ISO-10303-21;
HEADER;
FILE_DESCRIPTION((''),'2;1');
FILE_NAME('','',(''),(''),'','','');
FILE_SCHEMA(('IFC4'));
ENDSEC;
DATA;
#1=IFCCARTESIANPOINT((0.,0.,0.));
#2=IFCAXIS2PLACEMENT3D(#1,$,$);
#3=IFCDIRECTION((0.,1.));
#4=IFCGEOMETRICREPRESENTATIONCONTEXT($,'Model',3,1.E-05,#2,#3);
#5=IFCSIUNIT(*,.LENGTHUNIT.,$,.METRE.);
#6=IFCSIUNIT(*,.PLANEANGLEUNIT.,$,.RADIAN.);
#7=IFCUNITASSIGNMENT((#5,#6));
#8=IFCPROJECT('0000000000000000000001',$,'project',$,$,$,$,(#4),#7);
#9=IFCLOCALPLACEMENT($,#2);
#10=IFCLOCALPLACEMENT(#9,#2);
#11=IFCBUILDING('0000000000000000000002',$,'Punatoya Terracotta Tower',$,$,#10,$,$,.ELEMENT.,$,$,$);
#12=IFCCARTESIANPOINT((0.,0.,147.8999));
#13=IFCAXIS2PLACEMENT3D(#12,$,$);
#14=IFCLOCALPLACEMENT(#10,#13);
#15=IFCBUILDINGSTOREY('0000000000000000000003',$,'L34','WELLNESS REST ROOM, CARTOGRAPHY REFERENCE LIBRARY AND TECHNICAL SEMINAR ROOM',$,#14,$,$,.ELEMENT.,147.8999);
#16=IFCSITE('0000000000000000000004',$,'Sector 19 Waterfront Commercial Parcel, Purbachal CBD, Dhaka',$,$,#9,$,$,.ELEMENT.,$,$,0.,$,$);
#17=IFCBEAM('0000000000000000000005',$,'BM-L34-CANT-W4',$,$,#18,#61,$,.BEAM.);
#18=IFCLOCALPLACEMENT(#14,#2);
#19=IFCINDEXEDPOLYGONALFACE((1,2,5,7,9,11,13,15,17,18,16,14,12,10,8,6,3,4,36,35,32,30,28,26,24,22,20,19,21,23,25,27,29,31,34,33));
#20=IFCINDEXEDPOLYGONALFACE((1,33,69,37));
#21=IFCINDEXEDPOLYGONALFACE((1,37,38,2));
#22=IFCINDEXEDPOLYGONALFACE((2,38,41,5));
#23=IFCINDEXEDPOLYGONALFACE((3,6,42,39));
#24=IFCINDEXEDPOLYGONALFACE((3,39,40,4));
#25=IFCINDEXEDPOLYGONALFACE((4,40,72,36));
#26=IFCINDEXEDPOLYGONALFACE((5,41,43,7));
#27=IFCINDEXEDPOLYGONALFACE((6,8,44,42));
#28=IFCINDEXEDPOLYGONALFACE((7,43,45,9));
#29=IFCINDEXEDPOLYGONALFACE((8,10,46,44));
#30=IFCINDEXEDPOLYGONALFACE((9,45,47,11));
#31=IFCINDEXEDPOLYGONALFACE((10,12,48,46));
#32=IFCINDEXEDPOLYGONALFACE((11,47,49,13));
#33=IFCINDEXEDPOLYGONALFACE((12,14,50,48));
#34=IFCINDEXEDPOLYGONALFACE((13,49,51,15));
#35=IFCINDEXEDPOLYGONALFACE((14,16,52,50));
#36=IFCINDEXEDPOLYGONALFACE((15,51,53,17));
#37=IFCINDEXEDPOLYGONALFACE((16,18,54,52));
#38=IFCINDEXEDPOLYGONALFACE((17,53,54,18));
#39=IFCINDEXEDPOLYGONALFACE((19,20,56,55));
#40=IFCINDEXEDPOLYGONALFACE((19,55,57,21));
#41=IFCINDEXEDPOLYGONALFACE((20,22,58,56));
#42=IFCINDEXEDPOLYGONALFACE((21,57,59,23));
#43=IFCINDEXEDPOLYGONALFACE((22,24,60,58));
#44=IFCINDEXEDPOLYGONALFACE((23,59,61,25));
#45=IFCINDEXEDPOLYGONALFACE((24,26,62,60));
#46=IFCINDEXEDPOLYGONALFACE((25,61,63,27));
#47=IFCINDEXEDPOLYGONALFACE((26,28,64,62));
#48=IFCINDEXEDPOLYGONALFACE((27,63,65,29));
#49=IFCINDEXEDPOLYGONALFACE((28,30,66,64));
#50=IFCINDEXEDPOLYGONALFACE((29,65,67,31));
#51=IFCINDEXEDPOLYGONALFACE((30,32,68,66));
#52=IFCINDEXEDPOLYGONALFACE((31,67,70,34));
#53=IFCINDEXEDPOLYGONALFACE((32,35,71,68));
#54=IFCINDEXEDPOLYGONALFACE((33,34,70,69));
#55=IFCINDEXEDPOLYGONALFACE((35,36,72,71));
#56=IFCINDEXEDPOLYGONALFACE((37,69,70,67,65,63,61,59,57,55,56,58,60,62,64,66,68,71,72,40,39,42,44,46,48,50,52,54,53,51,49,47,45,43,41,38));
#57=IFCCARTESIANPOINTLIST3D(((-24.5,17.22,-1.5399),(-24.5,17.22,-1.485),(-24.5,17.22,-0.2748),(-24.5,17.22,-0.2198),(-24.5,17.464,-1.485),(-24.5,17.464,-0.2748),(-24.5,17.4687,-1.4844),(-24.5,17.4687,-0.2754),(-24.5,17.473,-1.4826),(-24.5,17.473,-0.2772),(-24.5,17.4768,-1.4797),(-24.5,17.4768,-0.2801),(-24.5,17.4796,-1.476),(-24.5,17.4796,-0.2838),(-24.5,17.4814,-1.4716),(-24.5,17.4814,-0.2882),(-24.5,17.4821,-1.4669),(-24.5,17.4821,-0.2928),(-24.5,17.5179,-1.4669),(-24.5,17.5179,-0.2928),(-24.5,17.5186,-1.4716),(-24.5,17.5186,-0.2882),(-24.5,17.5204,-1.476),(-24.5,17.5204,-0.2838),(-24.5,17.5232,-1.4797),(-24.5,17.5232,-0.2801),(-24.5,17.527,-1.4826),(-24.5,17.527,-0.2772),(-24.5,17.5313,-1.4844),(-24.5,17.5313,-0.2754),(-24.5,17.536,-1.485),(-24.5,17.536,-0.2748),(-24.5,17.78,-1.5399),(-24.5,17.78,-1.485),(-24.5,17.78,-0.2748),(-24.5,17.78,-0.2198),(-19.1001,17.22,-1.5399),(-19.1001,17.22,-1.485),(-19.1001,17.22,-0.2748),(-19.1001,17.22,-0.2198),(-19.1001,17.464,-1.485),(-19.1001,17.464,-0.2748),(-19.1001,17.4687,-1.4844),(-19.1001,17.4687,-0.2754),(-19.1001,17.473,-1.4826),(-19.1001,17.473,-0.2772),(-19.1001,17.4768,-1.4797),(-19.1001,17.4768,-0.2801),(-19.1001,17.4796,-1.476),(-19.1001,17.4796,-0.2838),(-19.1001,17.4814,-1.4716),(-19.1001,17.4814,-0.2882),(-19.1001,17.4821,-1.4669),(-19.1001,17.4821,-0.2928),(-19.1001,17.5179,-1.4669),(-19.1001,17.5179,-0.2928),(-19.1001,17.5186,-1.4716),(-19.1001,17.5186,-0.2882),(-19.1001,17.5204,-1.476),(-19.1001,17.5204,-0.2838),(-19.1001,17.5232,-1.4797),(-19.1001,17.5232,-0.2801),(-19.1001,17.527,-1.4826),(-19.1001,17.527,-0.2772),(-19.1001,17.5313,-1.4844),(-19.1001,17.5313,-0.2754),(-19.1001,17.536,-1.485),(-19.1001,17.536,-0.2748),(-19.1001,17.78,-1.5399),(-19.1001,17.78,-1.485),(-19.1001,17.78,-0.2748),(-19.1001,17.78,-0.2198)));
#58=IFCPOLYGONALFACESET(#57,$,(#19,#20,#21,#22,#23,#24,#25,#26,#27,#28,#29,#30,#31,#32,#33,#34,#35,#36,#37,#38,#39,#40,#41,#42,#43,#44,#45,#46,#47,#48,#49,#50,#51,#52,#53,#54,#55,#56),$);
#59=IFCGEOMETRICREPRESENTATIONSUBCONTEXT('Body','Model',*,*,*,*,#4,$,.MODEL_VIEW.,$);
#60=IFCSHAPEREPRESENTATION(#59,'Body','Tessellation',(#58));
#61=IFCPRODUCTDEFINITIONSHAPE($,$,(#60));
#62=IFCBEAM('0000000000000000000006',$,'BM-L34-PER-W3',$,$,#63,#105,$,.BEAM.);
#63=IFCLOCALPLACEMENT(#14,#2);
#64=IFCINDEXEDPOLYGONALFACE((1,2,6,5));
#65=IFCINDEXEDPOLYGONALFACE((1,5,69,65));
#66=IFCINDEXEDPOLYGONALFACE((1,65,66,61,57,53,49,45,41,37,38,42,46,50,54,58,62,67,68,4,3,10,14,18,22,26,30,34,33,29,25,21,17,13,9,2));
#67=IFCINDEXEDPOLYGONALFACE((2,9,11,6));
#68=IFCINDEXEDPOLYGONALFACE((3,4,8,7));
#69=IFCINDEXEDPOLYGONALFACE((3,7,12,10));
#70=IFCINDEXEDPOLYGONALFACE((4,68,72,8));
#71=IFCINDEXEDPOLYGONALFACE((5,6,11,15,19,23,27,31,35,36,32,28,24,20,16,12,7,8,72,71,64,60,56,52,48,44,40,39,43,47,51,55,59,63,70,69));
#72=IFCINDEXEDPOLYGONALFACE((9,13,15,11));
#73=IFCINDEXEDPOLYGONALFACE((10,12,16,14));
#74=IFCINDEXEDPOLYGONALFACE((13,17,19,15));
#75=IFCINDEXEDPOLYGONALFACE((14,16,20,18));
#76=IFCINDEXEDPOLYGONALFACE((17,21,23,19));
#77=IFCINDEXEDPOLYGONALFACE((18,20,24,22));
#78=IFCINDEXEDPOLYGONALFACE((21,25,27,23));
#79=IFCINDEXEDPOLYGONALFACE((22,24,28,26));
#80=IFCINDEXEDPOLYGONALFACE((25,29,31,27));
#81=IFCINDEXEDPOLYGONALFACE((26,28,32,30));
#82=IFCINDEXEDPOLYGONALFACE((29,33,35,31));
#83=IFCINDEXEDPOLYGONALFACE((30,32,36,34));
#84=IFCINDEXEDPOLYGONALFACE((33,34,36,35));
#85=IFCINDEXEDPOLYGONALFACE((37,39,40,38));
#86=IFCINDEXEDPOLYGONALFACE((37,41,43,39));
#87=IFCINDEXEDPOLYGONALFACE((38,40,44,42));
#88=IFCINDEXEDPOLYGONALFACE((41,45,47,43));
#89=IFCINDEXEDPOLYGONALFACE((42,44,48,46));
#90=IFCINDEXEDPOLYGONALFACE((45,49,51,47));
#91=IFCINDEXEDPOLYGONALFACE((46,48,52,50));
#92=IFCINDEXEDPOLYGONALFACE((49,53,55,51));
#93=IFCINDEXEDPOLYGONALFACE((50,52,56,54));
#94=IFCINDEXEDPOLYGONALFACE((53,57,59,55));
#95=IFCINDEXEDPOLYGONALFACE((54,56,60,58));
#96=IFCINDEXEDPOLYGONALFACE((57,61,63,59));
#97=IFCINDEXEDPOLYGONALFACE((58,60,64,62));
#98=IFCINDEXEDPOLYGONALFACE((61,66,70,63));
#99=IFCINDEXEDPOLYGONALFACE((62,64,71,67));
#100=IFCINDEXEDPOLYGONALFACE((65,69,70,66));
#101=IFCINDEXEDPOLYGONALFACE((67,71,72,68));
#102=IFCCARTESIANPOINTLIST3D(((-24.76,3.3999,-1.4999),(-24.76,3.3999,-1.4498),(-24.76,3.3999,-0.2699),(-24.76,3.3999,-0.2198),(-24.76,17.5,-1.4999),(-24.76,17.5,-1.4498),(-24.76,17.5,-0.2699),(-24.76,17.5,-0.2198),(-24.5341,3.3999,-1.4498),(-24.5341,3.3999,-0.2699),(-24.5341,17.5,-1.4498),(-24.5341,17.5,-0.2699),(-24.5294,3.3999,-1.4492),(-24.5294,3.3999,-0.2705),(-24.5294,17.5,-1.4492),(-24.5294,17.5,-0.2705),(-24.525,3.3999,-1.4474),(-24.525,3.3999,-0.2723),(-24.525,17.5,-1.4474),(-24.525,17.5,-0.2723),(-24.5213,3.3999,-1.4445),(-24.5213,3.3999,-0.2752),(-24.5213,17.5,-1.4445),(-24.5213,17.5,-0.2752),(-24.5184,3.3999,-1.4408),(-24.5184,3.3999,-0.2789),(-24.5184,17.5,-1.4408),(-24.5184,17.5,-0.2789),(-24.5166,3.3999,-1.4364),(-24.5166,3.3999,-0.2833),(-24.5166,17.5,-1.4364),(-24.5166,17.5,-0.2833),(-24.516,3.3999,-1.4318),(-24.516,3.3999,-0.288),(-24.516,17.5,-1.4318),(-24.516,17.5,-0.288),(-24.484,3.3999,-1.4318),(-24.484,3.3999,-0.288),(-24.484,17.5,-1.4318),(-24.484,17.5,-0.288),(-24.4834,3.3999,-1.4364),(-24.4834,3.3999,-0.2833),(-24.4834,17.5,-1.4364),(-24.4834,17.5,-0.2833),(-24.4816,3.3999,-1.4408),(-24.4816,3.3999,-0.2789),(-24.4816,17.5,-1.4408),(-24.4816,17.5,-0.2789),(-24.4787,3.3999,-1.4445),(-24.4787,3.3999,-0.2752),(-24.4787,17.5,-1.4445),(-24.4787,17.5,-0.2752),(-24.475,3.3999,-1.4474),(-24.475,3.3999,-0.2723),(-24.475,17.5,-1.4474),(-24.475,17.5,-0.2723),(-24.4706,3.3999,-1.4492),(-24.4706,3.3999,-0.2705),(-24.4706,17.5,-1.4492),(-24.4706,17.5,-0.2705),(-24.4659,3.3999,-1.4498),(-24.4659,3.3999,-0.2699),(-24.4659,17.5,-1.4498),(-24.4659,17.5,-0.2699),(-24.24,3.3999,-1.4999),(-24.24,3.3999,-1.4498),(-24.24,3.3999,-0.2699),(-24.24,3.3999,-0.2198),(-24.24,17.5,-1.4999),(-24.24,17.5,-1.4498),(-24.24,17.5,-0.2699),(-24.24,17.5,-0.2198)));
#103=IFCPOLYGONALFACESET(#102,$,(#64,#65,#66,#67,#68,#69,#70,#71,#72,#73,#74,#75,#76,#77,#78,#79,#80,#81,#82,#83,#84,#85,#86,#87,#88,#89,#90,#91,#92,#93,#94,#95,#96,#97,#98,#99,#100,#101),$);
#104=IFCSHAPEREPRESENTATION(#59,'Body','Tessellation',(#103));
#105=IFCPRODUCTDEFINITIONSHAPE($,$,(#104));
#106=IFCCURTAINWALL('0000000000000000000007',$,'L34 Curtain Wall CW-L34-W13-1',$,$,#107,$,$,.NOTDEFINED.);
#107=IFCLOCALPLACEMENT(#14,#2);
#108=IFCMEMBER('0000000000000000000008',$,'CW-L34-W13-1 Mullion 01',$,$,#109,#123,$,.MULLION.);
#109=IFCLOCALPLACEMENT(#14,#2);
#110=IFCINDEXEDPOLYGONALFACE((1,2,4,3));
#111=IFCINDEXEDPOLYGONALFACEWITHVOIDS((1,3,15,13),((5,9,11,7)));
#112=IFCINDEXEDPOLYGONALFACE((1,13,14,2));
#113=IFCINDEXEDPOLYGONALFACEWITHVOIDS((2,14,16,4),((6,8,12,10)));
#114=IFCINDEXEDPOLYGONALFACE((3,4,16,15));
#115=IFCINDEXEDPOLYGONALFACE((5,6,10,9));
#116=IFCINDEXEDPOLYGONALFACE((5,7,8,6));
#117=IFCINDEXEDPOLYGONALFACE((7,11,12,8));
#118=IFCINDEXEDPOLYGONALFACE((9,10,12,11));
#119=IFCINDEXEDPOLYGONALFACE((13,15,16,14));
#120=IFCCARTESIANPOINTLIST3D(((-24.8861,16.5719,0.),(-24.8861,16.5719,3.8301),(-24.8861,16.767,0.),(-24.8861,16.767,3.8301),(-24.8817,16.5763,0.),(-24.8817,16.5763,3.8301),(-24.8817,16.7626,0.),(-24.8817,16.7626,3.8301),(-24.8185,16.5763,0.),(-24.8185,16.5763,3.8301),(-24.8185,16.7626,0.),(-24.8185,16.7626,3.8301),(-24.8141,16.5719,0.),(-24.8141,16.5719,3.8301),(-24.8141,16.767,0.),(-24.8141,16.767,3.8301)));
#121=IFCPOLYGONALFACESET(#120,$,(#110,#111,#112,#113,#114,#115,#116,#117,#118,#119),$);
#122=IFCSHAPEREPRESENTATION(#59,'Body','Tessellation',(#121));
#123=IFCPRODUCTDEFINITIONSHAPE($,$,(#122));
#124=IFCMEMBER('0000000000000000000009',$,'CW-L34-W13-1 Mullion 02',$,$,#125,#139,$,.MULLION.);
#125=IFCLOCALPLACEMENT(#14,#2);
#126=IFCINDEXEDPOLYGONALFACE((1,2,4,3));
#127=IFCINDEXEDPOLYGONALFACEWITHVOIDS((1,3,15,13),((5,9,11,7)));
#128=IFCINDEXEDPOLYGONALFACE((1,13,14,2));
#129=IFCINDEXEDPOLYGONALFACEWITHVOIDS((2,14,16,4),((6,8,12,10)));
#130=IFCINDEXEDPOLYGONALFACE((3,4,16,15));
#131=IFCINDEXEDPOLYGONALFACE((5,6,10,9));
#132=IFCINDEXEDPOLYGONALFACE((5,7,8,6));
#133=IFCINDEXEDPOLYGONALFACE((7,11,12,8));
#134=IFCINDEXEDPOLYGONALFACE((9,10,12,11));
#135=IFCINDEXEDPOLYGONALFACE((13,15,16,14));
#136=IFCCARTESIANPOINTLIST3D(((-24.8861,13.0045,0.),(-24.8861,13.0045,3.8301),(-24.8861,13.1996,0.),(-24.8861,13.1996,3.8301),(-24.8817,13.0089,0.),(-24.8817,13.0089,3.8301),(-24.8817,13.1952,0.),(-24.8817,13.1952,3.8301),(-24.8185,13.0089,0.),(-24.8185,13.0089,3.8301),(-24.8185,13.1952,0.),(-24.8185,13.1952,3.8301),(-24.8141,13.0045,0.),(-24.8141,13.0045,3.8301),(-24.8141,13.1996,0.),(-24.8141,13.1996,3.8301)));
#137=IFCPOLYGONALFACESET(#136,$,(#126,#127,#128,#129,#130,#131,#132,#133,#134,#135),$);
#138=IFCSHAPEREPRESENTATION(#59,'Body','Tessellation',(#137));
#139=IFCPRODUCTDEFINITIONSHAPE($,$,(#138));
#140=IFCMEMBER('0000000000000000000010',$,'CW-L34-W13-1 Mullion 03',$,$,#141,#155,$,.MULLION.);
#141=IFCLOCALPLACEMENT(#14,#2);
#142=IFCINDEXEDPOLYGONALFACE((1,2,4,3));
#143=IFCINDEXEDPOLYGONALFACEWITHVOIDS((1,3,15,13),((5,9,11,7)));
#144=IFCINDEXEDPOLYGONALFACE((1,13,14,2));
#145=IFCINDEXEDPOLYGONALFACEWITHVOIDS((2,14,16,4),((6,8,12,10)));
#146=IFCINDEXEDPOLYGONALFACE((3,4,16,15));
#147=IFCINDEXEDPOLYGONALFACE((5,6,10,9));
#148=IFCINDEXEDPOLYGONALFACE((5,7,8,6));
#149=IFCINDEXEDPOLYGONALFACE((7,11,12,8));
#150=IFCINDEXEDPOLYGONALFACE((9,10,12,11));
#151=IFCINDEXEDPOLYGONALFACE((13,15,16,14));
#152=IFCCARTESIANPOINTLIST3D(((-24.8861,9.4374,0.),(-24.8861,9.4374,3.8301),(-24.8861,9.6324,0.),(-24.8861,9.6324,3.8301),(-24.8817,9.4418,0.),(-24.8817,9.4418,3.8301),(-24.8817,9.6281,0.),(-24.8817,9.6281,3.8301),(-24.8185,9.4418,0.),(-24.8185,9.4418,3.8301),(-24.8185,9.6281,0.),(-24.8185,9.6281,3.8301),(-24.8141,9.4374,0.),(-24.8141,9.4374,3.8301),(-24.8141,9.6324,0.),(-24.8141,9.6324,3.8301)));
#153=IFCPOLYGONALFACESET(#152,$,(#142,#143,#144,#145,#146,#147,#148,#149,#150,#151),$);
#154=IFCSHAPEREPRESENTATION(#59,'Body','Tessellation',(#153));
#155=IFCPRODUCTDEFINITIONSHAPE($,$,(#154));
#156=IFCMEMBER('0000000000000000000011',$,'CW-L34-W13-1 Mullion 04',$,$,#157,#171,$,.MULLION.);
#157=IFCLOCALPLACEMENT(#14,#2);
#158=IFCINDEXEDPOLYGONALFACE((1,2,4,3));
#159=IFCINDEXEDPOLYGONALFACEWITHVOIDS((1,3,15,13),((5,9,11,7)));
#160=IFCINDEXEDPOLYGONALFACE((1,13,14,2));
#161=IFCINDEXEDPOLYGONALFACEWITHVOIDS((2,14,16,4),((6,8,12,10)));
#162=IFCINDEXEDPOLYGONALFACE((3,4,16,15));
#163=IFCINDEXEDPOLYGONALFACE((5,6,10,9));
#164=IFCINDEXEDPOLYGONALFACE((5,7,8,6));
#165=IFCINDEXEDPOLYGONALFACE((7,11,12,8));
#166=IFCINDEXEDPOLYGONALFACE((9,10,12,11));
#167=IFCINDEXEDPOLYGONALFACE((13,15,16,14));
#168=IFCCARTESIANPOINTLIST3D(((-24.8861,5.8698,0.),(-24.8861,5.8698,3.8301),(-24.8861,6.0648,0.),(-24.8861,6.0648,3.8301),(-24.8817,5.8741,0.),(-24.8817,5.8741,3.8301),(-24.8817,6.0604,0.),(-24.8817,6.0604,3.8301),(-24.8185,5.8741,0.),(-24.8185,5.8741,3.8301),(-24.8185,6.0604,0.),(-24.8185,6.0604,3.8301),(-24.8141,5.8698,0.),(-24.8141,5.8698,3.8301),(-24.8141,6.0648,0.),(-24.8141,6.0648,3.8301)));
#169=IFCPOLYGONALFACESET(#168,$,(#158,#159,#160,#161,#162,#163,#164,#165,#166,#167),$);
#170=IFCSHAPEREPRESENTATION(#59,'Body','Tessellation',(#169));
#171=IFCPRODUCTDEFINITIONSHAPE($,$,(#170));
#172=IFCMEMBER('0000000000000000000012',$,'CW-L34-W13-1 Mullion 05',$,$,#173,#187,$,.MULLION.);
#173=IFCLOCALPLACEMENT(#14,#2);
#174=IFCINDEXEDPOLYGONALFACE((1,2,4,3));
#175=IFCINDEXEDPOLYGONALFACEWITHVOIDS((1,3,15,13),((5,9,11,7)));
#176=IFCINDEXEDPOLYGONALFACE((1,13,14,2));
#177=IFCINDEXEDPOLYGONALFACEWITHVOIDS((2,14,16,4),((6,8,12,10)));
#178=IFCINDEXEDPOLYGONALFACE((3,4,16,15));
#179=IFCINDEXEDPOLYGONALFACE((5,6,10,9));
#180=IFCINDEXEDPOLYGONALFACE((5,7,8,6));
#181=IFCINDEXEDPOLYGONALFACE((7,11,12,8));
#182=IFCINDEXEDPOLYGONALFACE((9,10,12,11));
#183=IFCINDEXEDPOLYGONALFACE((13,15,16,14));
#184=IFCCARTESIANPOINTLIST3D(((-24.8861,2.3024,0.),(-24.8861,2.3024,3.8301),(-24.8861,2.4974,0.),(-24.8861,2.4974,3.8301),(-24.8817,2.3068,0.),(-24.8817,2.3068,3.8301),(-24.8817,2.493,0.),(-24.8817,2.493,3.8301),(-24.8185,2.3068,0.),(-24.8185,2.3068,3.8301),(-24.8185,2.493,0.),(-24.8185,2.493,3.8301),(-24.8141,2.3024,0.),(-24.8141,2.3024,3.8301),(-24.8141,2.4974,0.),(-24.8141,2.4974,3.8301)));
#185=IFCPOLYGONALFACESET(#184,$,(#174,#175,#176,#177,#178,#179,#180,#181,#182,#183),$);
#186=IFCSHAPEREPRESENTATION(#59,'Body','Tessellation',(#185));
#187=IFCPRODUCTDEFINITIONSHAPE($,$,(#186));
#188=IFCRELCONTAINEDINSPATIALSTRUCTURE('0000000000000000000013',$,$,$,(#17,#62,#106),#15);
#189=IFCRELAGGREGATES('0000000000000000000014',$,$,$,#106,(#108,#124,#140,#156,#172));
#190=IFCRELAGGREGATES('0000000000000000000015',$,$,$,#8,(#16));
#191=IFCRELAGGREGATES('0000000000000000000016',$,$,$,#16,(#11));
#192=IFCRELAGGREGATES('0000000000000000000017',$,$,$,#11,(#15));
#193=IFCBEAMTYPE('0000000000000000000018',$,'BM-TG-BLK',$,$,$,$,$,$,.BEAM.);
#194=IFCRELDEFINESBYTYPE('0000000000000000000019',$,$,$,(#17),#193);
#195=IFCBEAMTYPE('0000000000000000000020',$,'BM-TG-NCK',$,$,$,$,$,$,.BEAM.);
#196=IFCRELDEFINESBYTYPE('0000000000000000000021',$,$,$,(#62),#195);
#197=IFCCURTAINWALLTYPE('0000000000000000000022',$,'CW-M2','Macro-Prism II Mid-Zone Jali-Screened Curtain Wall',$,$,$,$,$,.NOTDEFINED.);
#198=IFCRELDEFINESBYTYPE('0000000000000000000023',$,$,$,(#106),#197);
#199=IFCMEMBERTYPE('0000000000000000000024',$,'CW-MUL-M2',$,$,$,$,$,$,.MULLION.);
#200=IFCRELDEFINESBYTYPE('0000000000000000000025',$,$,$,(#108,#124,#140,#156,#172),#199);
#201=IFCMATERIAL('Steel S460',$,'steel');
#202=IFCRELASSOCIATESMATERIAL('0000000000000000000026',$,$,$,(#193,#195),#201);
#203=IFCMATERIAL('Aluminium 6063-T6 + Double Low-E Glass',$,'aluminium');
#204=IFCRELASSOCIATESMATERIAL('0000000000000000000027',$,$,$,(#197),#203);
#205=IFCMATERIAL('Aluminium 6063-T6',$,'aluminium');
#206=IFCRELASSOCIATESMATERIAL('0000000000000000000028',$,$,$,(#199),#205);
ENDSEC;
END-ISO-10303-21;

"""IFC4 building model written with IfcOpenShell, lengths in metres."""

from ifc_helpers import new_model, si_unit, direction, frame, origin, origin_2d, place, context, subcontext, project, spatial, hollow_rectangle, i_section, extrude, material, material_profile, profile_set, type_object, element, aggregate, save


model = new_model("IFC4")

# Units and contexts
model_context = context("Model", 3, precision=1e-05, world=origin(), true_north=direction((0.0, 1.0)))
body_context = subcontext(model_context, "Body", "Model", "MODEL_VIEW")
ifc_project = project(units=[si_unit("LENGTHUNIT", "METRE"), si_unit("PLANEANGLEUNIT", "RADIAN")], contexts=[model_context])

# Site, building, storey
site_placement = place(None, origin())
site = spatial("IfcSite", under=ifc_project, at=site_placement, Name="Sector 19 Waterfront Commercial Parcel, Purbachal CBD, Dhaka", CompositionType="ELEMENT", RefElevation=0.0)
building_placement = place(site_placement, origin())
building = spatial("IfcBuilding", under=site, at=building_placement, Name="Punatoya Terracotta Tower", CompositionType="ELEMENT")
storey_placement = place(building_placement, frame((0.0, 0.0, 147.8999)))
storey = spatial("IfcBuildingStorey", under=building, at=storey_placement, Name="L34", Description="WELLNESS REST ROOM, CARTOGRAPHY REFERENCE LIBRARY AND TECHNICAL SEMINAR ROOM", CompositionType="ELEMENT", Elevation=147.8999)

# Shared definitions
ifc_material_1 = material(Name="Steel S460", Category="steel")

# Beams
ifc_material_profile_1 = material_profile(ifc_material_1, i_section(OverallWidth=0.5601, OverallDepth=1.3201, WebThickness=0.0359, FlangeThickness=0.0549, FilletRadius=0.0181, at=origin_2d()))
ifc_profile_set_1 = profile_set([ifc_material_profile_1], Name="Steel S460")
beam_type_1 = type_object("IfcBeamType", Name="BM-TG-BLK", PredefinedType="BEAM", material=ifc_profile_set_1)
for number, where, z_axis, x_axis, name in (
    (1, (-24.5, 17.5, -0.8799), (1.0, 0.0, 0.0), (0.0, 1.0, 0.0), "BM-L34-CANT-W4"),
):
    element("IfcBeam", number, at=place(storey_placement, frame(where, z_axis=z_axis, x_axis=x_axis)), inside=storey, type_object=beam_type_1, Name=name, PredefinedType="BEAM", context=body_context, shape_type="SweptSolid", body=[
        extrude(i_section(OverallWidth=0.5601, OverallDepth=1.3201, WebThickness=0.0359, FlangeThickness=0.0549, FilletRadius=0.0181, at=origin_2d()), origin(), (0.0, 0.0, 1.0), 5.3999),
    ])
ifc_material_profile_2 = material_profile(ifc_material_1, i_section(OverallWidth=0.52, OverallDepth=1.28, WebThickness=0.032, FlangeThickness=0.05, FilletRadius=0.0181, at=origin_2d()))
ifc_profile_set_2 = profile_set([ifc_material_profile_2], Name="Steel S460")
beam_type_2 = type_object("IfcBeamType", Name="BM-TG-NCK", PredefinedType="BEAM", material=ifc_profile_set_2)
beam_1_placement = place(storey_placement, frame((-24.5, 3.3999, -0.8599), z_axis=(0.0, 1.0, 0.0), x_axis=(-1.0, 0.0, 0.0)))
element("IfcBeam", 2, at=beam_1_placement, inside=storey, type_object=beam_type_2, Name="BM-L34-PER-W3", PredefinedType="BEAM", context=body_context, shape_type="SweptSolid", body=[
    extrude(i_section(OverallWidth=0.52, OverallDepth=1.28, WebThickness=0.032, FlangeThickness=0.05, FilletRadius=0.0181, at=origin_2d()), origin(), (0.0, 0.0, 1.0), 14.1001),
])

# Curtain wall, members
ifc_material_2 = material(Name="Aluminium 6063-T6 + Double Low-E Glass", Category="aluminium")
curtain_wall_type = type_object("IfcCurtainWallType", Name="CW-M2", Description="Macro-Prism II Mid-Zone Jali-Screened Curtain Wall", PredefinedType="NOTDEFINED", material=ifc_material_2)
curtain_wall_placement = place(storey_placement, origin())
curtain_wall = element("IfcCurtainWall", 3, at=curtain_wall_placement, inside=storey, type_object=curtain_wall_type, Name="L34 Curtain Wall CW-L34-W13-1", PredefinedType="NOTDEFINED")
ifc_material_3 = material(Name="Aluminium 6063-T6", Category="aluminium")
ifc_material_profile_3 = material_profile(ifc_material_3, hollow_rectangle(XDim=0.072, YDim=0.1951, WallThickness=0.0044, at=origin_2d()))
ifc_profile_set_3 = profile_set([ifc_material_profile_3], Name="Aluminium 6063-T6")
member_type = type_object("IfcMemberType", Name="CW-MUL-M2", PredefinedType="MULLION", material=ifc_profile_set_3)
member_1_placement = place(storey_placement, frame((-24.8501, 16.6694, 0.0), z_axis=(0.0, 0.0, 1.0), x_axis=(1.0, 0.0, 0.0)))
member_1 = element("IfcMember", 4, at=member_1_placement, type_object=member_type, Name="CW-L34-W13-1 Mullion 01", PredefinedType="MULLION", context=body_context, shape_type="SweptSolid", body=[
    extrude(hollow_rectangle(XDim=0.072, YDim=0.1951, WallThickness=0.0044, at=origin_2d()), origin(), (0.0, 0.0, 1.0), 3.8301),
])
member_2_placement = place(storey_placement, frame((-24.8501, 13.1021, 0.0), z_axis=(0.0, 0.0, 1.0), x_axis=(1.0, 0.0, 0.0)))
member_2 = element("IfcMember", 5, at=member_2_placement, type_object=member_type, Name="CW-L34-W13-1 Mullion 02", PredefinedType="MULLION", context=body_context, shape_type="SweptSolid", body=[
    extrude(hollow_rectangle(XDim=0.072, YDim=0.1951, WallThickness=0.0044, at=origin_2d()), origin(), (0.0, 0.0, 1.0), 3.8301),
])
member_3_placement = place(storey_placement, frame((-24.8501, 9.5349, 0.0), z_axis=(0.0, 0.0, 1.0), x_axis=(1.0, 0.0, 0.0)))
member_3 = element("IfcMember", 6, at=member_3_placement, type_object=member_type, Name="CW-L34-W13-1 Mullion 03", PredefinedType="MULLION", context=body_context, shape_type="SweptSolid", body=[
    extrude(hollow_rectangle(XDim=0.072, YDim=0.1951, WallThickness=0.0044, at=origin_2d()), origin(), (0.0, 0.0, 1.0), 3.8301),
])
member_4_placement = place(storey_placement, frame((-24.8501, 5.9673, 0.0), z_axis=(0.0, 0.0, 1.0), x_axis=(1.0, 0.0, 0.0)))
member_4 = element("IfcMember", 7, at=member_4_placement, type_object=member_type, Name="CW-L34-W13-1 Mullion 04", PredefinedType="MULLION", context=body_context, shape_type="SweptSolid", body=[
    extrude(hollow_rectangle(XDim=0.072, YDim=0.1951, WallThickness=0.0044, at=origin_2d()), origin(), (0.0, 0.0, 1.0), 3.8301),
])
member_5_placement = place(storey_placement, frame((-24.8501, 2.3999, 0.0), z_axis=(0.0, 0.0, 1.0), x_axis=(1.0, 0.0, 0.0)))
member_5 = element("IfcMember", 8, at=member_5_placement, type_object=member_type, Name="CW-L34-W13-1 Mullion 05", PredefinedType="MULLION", context=body_context, shape_type="SweptSolid", body=[
    extrude(hollow_rectangle(XDim=0.072, YDim=0.1951, WallThickness=0.0044, at=origin_2d()), origin(), (0.0, 0.0, 1.0), 3.8301),
])
aggregate(curtain_wall, [member_1, member_2, member_3, member_4, member_5])

save(model, "model.ifc")
